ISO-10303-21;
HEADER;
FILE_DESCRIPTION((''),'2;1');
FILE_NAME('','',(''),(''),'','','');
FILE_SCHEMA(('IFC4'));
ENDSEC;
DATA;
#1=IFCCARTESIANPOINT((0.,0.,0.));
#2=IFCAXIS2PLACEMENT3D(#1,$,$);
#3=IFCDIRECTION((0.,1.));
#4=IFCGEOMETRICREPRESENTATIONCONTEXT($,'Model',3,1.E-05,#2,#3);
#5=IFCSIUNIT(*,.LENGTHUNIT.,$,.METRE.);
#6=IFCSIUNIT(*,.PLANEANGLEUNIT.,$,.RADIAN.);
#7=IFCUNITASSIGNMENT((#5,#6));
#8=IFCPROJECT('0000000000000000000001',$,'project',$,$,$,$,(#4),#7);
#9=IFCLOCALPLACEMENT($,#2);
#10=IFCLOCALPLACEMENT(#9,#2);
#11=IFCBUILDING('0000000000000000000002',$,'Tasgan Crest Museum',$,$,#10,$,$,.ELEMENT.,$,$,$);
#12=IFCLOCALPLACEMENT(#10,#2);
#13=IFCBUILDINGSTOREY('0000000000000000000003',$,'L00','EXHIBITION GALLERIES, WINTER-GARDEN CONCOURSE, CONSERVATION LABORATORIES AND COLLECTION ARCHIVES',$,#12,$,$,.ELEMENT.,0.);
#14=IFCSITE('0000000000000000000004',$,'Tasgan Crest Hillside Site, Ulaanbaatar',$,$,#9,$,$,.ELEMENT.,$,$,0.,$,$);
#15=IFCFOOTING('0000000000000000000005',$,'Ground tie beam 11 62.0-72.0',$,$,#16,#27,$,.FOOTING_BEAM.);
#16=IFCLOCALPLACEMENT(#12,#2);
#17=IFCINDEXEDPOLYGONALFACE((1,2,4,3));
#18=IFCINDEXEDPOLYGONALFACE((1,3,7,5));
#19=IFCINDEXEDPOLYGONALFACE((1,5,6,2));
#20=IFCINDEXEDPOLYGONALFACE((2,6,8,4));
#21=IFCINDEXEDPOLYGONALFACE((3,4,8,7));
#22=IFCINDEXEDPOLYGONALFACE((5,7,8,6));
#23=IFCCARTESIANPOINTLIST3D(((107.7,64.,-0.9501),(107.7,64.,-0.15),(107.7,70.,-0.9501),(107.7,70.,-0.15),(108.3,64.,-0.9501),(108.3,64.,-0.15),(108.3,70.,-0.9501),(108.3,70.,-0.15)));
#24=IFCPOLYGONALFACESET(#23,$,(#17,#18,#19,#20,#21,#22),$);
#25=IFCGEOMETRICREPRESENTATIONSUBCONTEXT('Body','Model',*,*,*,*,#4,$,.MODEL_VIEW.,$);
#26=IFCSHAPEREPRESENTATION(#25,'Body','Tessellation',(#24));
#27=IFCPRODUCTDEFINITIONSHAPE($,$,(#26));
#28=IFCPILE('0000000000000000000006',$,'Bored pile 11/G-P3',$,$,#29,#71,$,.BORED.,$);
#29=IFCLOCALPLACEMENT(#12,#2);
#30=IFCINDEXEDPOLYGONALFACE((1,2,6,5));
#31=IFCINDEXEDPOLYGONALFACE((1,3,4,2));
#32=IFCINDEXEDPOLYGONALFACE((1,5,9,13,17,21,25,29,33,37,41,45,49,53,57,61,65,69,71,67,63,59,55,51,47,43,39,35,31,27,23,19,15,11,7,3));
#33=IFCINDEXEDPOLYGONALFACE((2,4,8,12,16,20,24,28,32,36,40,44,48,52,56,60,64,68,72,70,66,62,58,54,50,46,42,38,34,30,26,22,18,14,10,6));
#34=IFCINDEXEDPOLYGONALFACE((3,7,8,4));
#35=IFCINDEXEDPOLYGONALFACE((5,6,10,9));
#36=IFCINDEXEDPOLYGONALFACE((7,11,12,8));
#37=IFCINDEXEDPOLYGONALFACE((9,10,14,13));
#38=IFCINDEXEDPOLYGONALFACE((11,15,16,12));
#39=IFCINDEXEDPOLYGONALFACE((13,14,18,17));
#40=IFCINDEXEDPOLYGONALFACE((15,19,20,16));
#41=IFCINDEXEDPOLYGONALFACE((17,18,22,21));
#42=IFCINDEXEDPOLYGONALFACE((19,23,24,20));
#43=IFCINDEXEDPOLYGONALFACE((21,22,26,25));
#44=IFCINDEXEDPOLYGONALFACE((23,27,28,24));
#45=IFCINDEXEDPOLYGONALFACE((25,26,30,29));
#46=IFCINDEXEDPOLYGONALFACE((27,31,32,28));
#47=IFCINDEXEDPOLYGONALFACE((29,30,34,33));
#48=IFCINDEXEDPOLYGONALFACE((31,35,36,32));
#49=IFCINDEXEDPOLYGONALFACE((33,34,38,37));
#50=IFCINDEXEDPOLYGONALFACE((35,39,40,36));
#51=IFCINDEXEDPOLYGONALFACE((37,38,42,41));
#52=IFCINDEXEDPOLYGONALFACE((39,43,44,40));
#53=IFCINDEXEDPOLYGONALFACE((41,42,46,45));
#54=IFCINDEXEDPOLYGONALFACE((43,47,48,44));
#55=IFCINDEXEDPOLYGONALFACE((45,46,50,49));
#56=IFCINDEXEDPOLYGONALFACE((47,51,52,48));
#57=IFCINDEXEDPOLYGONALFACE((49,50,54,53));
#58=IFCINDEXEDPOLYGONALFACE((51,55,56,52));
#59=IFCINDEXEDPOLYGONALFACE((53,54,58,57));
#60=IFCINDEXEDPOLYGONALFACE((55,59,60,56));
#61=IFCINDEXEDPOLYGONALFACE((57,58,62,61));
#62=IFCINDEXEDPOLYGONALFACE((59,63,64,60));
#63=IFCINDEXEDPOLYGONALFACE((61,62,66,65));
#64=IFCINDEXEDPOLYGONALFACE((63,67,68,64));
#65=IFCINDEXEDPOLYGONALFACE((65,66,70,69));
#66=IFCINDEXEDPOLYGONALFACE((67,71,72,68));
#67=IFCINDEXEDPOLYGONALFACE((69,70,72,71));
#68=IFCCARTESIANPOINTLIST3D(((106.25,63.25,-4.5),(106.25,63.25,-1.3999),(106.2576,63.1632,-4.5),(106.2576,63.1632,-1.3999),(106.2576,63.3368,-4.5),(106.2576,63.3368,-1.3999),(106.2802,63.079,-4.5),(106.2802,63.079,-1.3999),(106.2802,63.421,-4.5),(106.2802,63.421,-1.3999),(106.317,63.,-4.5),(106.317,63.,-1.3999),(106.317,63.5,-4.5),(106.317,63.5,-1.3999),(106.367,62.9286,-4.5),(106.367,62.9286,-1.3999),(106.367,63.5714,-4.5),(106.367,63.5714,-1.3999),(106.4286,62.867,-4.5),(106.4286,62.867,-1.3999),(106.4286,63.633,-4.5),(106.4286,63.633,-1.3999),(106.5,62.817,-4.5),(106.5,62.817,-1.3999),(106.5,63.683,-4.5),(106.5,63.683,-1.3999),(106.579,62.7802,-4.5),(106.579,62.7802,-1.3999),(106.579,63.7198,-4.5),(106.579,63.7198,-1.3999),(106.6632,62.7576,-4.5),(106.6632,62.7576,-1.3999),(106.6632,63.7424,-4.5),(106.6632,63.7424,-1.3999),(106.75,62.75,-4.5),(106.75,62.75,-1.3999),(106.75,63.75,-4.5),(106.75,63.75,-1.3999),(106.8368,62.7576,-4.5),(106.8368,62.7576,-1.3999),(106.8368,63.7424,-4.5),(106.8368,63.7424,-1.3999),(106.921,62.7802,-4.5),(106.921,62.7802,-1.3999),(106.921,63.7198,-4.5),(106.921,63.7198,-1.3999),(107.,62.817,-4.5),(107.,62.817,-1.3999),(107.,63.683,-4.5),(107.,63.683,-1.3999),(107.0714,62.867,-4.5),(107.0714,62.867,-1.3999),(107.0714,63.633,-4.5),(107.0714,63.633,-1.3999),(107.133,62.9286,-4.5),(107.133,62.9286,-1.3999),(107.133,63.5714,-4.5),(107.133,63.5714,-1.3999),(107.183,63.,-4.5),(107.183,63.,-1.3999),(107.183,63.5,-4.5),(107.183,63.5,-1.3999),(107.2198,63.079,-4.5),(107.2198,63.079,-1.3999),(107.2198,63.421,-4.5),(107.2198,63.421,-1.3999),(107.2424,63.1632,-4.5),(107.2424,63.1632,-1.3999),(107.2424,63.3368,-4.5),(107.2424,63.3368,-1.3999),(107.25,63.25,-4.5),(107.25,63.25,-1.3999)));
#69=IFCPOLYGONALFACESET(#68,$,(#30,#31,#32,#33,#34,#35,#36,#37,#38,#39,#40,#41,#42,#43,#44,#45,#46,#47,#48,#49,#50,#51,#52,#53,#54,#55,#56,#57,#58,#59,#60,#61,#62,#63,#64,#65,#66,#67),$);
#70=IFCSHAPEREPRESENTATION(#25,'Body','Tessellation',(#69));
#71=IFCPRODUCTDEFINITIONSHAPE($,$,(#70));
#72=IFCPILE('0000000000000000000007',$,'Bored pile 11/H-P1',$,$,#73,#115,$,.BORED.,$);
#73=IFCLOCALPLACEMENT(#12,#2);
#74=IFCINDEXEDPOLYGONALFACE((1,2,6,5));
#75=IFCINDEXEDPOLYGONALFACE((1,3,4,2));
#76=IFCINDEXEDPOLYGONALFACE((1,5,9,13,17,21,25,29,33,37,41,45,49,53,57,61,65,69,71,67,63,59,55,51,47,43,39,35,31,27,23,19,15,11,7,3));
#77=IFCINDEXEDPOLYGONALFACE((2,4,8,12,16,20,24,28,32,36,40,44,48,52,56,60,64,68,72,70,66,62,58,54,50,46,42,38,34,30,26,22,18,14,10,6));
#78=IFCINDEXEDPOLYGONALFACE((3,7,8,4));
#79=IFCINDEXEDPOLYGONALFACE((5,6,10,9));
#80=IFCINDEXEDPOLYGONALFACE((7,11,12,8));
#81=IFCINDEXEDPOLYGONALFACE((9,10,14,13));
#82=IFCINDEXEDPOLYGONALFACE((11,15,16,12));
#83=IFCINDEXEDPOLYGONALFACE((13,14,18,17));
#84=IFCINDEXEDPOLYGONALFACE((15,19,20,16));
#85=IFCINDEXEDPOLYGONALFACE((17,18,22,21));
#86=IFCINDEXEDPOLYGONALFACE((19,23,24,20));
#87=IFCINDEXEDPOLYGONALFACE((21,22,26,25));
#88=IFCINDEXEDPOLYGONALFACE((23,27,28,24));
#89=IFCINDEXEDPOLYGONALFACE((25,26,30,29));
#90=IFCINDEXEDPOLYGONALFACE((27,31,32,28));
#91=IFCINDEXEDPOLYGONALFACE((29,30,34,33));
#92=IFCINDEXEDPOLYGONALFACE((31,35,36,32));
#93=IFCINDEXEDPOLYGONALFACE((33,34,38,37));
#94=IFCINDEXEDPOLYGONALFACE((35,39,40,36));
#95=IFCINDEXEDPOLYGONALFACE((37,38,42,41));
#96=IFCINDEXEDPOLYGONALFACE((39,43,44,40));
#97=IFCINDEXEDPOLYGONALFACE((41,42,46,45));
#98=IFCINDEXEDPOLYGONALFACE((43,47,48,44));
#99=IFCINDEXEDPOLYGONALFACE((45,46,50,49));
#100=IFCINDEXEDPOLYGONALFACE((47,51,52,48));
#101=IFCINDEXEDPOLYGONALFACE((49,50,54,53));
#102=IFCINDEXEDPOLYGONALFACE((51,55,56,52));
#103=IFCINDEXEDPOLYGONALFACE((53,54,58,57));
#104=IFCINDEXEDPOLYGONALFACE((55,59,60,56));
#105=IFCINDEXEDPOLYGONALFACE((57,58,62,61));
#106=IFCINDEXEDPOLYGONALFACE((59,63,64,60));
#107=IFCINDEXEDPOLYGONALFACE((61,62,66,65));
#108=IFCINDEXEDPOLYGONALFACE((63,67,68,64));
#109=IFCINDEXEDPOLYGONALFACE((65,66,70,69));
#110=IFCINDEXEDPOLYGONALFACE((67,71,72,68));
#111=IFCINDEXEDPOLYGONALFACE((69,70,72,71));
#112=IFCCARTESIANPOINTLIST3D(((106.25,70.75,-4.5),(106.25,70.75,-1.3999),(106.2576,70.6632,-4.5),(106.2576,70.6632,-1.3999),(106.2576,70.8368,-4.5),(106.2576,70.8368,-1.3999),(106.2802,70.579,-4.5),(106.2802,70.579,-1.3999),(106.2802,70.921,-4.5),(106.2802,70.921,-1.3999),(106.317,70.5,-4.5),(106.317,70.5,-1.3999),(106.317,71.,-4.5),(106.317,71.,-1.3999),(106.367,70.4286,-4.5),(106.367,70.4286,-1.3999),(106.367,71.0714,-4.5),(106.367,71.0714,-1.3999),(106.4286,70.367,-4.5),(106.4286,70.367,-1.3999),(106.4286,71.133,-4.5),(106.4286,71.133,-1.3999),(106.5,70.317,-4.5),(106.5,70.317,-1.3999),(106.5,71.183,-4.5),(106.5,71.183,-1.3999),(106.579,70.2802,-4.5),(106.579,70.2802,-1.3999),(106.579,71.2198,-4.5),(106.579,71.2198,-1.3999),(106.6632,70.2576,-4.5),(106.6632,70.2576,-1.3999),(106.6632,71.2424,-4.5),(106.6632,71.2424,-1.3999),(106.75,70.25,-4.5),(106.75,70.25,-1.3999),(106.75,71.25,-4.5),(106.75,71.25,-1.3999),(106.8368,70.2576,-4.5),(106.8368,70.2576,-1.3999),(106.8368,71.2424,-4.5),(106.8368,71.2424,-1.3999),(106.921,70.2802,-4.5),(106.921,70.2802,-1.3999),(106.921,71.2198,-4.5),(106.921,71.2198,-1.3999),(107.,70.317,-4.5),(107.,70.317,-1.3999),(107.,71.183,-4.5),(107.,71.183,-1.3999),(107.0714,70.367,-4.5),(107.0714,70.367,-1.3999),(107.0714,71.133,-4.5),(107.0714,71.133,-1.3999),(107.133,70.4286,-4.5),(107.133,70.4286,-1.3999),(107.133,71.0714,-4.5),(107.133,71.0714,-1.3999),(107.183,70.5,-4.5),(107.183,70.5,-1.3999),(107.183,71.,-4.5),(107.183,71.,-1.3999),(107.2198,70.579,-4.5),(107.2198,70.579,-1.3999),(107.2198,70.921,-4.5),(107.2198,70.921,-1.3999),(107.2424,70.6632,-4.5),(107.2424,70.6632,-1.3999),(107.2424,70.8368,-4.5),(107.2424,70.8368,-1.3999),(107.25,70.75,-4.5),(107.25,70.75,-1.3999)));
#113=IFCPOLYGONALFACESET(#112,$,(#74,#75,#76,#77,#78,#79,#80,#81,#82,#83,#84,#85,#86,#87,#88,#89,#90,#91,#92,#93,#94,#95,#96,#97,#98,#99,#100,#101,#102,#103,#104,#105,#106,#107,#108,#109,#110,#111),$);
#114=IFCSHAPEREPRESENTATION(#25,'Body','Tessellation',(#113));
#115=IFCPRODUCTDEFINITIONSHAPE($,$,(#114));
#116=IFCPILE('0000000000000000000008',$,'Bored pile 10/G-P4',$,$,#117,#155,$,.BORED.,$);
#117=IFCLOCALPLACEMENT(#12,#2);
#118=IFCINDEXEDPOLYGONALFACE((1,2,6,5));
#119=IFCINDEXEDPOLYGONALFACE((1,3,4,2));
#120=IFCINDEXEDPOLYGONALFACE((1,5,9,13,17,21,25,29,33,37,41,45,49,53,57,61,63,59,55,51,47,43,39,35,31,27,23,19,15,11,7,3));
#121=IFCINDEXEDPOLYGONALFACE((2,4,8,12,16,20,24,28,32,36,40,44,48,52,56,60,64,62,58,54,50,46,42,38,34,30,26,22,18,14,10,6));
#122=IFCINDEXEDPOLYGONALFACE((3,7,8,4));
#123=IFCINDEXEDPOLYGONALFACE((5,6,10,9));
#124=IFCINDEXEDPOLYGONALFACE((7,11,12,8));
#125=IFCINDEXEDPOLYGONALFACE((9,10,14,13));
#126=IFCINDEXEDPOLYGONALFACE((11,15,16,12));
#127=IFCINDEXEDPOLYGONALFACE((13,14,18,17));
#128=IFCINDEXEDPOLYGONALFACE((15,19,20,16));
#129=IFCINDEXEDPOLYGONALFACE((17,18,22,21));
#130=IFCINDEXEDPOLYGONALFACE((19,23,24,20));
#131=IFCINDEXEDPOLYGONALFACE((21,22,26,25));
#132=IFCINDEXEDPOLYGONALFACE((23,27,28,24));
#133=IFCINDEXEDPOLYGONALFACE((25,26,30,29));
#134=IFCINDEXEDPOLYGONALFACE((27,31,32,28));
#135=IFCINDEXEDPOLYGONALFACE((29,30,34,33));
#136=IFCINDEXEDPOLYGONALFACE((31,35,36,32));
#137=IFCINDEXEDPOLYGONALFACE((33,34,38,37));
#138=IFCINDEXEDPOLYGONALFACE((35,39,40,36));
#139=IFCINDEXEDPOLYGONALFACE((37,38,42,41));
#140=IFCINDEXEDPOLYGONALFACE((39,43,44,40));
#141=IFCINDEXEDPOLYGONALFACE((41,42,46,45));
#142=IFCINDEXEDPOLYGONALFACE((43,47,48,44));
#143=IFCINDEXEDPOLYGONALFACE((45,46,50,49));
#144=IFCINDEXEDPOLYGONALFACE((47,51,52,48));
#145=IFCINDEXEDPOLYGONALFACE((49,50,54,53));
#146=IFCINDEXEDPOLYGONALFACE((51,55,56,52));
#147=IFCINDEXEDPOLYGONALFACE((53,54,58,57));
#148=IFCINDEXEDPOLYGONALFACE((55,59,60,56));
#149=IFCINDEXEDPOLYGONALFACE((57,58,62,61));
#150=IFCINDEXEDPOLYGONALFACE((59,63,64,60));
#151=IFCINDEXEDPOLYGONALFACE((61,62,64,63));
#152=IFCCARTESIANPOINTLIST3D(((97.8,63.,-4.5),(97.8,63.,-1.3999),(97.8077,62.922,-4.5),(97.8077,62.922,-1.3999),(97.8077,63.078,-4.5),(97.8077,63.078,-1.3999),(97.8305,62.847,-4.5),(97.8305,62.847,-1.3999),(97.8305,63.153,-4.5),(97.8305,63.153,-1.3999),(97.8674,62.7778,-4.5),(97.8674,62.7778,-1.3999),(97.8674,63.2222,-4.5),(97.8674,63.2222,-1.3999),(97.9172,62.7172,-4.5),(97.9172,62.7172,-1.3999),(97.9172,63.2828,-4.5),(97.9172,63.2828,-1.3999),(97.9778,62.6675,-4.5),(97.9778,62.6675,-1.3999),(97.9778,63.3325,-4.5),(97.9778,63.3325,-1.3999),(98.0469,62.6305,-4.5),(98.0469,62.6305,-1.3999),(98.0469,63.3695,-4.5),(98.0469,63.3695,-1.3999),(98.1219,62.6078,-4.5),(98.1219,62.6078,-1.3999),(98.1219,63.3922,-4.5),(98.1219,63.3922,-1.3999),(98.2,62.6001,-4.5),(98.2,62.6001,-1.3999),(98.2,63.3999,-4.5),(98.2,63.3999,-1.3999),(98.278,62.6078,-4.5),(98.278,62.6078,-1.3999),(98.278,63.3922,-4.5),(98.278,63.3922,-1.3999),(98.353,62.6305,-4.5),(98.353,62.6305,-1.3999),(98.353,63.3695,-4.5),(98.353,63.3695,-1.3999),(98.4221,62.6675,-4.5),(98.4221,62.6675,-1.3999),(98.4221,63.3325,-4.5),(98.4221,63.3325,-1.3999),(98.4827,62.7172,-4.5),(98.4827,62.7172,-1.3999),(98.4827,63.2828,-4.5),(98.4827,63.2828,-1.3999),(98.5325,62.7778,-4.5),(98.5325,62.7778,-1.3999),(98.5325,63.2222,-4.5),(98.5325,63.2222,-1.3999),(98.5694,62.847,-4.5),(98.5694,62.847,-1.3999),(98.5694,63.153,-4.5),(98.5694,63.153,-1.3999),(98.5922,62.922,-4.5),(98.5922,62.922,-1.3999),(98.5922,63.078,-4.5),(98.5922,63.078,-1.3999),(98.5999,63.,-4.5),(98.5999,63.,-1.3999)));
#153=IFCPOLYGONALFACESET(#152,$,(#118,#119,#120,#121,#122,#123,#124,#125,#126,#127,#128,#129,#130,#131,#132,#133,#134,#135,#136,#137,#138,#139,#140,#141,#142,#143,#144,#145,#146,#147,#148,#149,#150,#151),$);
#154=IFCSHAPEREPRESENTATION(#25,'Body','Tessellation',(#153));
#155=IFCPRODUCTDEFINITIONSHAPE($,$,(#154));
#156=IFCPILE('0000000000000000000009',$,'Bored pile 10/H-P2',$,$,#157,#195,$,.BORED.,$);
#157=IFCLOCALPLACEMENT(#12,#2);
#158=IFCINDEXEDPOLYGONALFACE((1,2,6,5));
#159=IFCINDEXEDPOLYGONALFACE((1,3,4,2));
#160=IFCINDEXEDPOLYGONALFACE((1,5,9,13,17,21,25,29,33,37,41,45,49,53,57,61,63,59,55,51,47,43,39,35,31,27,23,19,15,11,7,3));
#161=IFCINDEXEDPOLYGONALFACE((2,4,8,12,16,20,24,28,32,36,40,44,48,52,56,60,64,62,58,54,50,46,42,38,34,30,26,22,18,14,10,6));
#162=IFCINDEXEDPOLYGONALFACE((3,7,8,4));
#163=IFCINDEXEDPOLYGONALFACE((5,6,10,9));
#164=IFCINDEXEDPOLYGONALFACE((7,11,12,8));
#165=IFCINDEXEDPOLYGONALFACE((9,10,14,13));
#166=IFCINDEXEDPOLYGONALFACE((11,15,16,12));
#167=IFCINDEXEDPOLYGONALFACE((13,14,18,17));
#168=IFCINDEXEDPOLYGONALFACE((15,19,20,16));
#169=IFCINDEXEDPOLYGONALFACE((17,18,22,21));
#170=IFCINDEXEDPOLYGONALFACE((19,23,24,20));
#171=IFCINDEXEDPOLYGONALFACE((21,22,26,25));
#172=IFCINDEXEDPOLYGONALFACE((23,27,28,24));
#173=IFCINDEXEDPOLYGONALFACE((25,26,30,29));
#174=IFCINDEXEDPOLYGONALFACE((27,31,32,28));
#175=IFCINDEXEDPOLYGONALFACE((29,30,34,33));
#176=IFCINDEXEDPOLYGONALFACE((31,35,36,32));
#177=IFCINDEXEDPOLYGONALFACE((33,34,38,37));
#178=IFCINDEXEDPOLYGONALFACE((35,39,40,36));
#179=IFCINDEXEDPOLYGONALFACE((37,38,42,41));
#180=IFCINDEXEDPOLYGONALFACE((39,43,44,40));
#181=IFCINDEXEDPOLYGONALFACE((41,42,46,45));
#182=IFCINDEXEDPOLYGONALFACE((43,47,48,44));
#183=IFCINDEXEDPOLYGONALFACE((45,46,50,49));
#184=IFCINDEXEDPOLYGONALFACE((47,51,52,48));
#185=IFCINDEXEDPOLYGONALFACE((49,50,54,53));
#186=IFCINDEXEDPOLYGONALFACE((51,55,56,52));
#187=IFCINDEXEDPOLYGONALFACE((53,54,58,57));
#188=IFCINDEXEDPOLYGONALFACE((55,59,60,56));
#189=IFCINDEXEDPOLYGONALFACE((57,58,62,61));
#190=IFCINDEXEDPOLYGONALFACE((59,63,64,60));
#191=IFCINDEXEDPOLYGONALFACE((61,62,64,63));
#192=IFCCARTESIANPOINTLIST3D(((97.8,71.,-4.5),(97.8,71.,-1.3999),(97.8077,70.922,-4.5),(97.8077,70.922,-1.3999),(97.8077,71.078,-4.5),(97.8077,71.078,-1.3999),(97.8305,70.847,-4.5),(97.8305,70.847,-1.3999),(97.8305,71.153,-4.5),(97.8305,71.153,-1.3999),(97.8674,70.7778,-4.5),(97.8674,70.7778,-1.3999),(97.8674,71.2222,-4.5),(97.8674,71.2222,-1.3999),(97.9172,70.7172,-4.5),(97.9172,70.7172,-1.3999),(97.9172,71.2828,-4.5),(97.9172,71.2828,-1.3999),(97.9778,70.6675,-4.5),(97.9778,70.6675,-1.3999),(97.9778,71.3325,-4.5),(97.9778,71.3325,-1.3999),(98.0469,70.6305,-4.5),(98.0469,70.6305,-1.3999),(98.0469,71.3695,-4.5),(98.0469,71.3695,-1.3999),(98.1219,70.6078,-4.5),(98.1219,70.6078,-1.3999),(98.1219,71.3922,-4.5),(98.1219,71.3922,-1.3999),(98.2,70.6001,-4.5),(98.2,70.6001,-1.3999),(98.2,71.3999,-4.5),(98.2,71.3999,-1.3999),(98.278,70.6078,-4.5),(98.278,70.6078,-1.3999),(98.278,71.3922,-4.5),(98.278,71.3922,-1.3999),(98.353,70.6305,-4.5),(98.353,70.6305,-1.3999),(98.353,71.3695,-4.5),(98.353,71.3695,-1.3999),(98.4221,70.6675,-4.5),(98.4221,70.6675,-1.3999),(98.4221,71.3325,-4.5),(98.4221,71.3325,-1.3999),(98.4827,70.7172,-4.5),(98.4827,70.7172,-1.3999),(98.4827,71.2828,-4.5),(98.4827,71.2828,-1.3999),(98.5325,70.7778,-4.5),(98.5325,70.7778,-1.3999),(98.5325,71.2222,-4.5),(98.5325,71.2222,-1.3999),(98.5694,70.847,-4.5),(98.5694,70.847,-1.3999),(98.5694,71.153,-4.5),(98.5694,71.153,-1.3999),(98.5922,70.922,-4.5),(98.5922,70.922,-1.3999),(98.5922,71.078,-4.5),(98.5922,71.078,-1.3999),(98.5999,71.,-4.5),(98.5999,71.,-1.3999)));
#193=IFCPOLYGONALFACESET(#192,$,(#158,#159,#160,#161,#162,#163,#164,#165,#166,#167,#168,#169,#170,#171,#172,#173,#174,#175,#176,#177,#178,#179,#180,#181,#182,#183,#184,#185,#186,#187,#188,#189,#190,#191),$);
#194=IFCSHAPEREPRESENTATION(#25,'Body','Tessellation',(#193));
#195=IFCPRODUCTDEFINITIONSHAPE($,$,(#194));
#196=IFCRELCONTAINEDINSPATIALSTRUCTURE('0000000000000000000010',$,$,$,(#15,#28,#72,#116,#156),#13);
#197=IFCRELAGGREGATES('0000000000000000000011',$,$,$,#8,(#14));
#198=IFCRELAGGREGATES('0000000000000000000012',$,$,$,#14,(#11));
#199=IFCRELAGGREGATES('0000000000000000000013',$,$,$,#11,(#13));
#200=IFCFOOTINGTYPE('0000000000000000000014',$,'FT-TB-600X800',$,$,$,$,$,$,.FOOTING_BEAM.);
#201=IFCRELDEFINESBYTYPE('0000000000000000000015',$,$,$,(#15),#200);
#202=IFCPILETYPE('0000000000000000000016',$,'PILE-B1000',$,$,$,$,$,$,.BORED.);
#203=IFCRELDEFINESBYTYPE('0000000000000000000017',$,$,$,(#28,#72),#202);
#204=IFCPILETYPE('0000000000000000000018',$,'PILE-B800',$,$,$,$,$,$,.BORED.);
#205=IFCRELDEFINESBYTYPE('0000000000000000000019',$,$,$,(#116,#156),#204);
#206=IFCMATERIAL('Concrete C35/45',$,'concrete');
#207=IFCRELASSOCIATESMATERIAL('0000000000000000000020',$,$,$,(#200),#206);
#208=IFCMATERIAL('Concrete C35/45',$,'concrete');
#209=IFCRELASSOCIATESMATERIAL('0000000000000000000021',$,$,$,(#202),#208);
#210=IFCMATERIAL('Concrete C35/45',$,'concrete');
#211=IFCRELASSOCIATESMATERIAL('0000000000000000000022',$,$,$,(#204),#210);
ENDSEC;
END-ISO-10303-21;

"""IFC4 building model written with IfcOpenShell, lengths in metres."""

from ifc_helpers import new_model, si_unit, direction, frame, origin, origin_2d, place, context, subcontext, project, spatial, rectangle, circle, extrude, material, material_profile, profile_set, type_object, element, save


model = new_model("IFC4")

# Units and contexts
model_context = context("Model", 3, precision=1e-05, world=origin(), true_north=direction((0.0, 1.0)))
body_context = subcontext(model_context, "Body", "Model", "MODEL_VIEW")
ifc_project = project(units=[si_unit("LENGTHUNIT", "METRE"), si_unit("PLANEANGLEUNIT", "RADIAN")], contexts=[model_context])

# Site, building, storey
site_placement = place(None, origin())
site = spatial("IfcSite", under=ifc_project, at=site_placement, Name="Tasgan Crest Hillside Site, Ulaanbaatar", CompositionType="ELEMENT", RefElevation=0.0)
building_placement = place(site_placement, origin())
building = spatial("IfcBuilding", under=site, at=building_placement, Name="Tasgan Crest Museum", CompositionType="ELEMENT")
storey_placement = place(building_placement, origin())
storey = spatial("IfcBuildingStorey", under=building, at=storey_placement, Name="L00", Description="EXHIBITION GALLERIES, WINTER-GARDEN CONCOURSE, CONSERVATION LABORATORIES AND COLLECTION ARCHIVES", CompositionType="ELEMENT", Elevation=0.0)

# Footing
ifc_material_1 = material(Name="Concrete C35/45", Category="concrete")
ifc_material_profile_1 = material_profile(ifc_material_1, rectangle(XDim=0.6001, YDim=0.8, at=origin_2d()), Name="TB 600x800")
ifc_profile_set_1 = profile_set([ifc_material_profile_1], Name="Concrete C35/45")
footing_type = type_object("IfcFootingType", Name="FT-TB-600X800", PredefinedType="FOOTING_BEAM", material=ifc_profile_set_1)
footing_placement = place(storey_placement, frame((108.0, 64.0, -0.55), z_axis=(0.0, 1.0, 0.0), x_axis=(-1.0, 0.0, 0.0)))
element("IfcFooting", 1, at=footing_placement, inside=storey, type_object=footing_type, Name="Ground tie beam 11 62.0-72.0", PredefinedType="FOOTING_BEAM", context=body_context, shape_type="SweptSolid", body=[
    extrude(rectangle(XDim=0.6001, YDim=0.8, at=origin_2d()), origin(), (0.0, 0.0, 1.0), 6.0),
])

# Piles
ifc_material_2 = material(Name="Concrete C35/45", Category="concrete")
ifc_material_profile_2 = material_profile(ifc_material_2, circle(Radius=0.5, at=origin_2d()), Name="PILE D1000")
ifc_profile_set_2 = profile_set([ifc_material_profile_2], Name="Concrete C35/45")
pile_type_1 = type_object("IfcPileType", Name="PILE-B1000", PredefinedType="BORED", material=ifc_profile_set_2)
for number, where, z_axis, x_axis, name in (
    (2, (106.75, 63.25, -1.3999), (0.0, 0.0, -1.0), (1.0, 0.0, 0.0), "Bored pile 11/G-P3"),
    (3, (106.75, 70.75, -1.3999), (0.0, 0.0, -1.0), (1.0, 0.0, 0.0), "Bored pile 11/H-P1"),
):
    element("IfcPile", number, at=place(storey_placement, frame(where, z_axis=z_axis, x_axis=x_axis)), inside=storey, type_object=pile_type_1, Name=name, PredefinedType="BORED", context=body_context, shape_type="SweptSolid", body=[
        extrude(circle(Radius=0.5, at=origin_2d()), origin(), (0.0, 0.0, 1.0), 3.1001),
    ])
ifc_material_3 = material(Name="Concrete C35/45", Category="concrete")
ifc_material_profile_3 = material_profile(ifc_material_3, circle(Radius=0.3999, at=origin_2d()), Name="PILE D800")
ifc_profile_set_3 = profile_set([ifc_material_profile_3], Name="Concrete C35/45")
pile_type_2 = type_object("IfcPileType", Name="PILE-B800", PredefinedType="BORED", material=ifc_profile_set_3)
for number, where, z_axis, x_axis, name in (
    (4, (98.2, 63.0, -1.3999), (0.0, 0.0, -1.0), (1.0, 0.0, 0.0), "Bored pile 10/G-P4"),
    (5, (98.2, 71.0, -1.3999), (0.0, 0.0, -1.0), (1.0, 0.0, 0.0), "Bored pile 10/H-P2"),
):
    element("IfcPile", number, at=place(storey_placement, frame(where, z_axis=z_axis, x_axis=x_axis)), inside=storey, type_object=pile_type_2, Name=name, PredefinedType="BORED", context=body_context, shape_type="SweptSolid", body=[
        extrude(circle(Radius=0.3999, at=origin_2d()), origin(), (0.0, 0.0, 1.0), 3.1001),
    ])

save(model, "model.ifc")
